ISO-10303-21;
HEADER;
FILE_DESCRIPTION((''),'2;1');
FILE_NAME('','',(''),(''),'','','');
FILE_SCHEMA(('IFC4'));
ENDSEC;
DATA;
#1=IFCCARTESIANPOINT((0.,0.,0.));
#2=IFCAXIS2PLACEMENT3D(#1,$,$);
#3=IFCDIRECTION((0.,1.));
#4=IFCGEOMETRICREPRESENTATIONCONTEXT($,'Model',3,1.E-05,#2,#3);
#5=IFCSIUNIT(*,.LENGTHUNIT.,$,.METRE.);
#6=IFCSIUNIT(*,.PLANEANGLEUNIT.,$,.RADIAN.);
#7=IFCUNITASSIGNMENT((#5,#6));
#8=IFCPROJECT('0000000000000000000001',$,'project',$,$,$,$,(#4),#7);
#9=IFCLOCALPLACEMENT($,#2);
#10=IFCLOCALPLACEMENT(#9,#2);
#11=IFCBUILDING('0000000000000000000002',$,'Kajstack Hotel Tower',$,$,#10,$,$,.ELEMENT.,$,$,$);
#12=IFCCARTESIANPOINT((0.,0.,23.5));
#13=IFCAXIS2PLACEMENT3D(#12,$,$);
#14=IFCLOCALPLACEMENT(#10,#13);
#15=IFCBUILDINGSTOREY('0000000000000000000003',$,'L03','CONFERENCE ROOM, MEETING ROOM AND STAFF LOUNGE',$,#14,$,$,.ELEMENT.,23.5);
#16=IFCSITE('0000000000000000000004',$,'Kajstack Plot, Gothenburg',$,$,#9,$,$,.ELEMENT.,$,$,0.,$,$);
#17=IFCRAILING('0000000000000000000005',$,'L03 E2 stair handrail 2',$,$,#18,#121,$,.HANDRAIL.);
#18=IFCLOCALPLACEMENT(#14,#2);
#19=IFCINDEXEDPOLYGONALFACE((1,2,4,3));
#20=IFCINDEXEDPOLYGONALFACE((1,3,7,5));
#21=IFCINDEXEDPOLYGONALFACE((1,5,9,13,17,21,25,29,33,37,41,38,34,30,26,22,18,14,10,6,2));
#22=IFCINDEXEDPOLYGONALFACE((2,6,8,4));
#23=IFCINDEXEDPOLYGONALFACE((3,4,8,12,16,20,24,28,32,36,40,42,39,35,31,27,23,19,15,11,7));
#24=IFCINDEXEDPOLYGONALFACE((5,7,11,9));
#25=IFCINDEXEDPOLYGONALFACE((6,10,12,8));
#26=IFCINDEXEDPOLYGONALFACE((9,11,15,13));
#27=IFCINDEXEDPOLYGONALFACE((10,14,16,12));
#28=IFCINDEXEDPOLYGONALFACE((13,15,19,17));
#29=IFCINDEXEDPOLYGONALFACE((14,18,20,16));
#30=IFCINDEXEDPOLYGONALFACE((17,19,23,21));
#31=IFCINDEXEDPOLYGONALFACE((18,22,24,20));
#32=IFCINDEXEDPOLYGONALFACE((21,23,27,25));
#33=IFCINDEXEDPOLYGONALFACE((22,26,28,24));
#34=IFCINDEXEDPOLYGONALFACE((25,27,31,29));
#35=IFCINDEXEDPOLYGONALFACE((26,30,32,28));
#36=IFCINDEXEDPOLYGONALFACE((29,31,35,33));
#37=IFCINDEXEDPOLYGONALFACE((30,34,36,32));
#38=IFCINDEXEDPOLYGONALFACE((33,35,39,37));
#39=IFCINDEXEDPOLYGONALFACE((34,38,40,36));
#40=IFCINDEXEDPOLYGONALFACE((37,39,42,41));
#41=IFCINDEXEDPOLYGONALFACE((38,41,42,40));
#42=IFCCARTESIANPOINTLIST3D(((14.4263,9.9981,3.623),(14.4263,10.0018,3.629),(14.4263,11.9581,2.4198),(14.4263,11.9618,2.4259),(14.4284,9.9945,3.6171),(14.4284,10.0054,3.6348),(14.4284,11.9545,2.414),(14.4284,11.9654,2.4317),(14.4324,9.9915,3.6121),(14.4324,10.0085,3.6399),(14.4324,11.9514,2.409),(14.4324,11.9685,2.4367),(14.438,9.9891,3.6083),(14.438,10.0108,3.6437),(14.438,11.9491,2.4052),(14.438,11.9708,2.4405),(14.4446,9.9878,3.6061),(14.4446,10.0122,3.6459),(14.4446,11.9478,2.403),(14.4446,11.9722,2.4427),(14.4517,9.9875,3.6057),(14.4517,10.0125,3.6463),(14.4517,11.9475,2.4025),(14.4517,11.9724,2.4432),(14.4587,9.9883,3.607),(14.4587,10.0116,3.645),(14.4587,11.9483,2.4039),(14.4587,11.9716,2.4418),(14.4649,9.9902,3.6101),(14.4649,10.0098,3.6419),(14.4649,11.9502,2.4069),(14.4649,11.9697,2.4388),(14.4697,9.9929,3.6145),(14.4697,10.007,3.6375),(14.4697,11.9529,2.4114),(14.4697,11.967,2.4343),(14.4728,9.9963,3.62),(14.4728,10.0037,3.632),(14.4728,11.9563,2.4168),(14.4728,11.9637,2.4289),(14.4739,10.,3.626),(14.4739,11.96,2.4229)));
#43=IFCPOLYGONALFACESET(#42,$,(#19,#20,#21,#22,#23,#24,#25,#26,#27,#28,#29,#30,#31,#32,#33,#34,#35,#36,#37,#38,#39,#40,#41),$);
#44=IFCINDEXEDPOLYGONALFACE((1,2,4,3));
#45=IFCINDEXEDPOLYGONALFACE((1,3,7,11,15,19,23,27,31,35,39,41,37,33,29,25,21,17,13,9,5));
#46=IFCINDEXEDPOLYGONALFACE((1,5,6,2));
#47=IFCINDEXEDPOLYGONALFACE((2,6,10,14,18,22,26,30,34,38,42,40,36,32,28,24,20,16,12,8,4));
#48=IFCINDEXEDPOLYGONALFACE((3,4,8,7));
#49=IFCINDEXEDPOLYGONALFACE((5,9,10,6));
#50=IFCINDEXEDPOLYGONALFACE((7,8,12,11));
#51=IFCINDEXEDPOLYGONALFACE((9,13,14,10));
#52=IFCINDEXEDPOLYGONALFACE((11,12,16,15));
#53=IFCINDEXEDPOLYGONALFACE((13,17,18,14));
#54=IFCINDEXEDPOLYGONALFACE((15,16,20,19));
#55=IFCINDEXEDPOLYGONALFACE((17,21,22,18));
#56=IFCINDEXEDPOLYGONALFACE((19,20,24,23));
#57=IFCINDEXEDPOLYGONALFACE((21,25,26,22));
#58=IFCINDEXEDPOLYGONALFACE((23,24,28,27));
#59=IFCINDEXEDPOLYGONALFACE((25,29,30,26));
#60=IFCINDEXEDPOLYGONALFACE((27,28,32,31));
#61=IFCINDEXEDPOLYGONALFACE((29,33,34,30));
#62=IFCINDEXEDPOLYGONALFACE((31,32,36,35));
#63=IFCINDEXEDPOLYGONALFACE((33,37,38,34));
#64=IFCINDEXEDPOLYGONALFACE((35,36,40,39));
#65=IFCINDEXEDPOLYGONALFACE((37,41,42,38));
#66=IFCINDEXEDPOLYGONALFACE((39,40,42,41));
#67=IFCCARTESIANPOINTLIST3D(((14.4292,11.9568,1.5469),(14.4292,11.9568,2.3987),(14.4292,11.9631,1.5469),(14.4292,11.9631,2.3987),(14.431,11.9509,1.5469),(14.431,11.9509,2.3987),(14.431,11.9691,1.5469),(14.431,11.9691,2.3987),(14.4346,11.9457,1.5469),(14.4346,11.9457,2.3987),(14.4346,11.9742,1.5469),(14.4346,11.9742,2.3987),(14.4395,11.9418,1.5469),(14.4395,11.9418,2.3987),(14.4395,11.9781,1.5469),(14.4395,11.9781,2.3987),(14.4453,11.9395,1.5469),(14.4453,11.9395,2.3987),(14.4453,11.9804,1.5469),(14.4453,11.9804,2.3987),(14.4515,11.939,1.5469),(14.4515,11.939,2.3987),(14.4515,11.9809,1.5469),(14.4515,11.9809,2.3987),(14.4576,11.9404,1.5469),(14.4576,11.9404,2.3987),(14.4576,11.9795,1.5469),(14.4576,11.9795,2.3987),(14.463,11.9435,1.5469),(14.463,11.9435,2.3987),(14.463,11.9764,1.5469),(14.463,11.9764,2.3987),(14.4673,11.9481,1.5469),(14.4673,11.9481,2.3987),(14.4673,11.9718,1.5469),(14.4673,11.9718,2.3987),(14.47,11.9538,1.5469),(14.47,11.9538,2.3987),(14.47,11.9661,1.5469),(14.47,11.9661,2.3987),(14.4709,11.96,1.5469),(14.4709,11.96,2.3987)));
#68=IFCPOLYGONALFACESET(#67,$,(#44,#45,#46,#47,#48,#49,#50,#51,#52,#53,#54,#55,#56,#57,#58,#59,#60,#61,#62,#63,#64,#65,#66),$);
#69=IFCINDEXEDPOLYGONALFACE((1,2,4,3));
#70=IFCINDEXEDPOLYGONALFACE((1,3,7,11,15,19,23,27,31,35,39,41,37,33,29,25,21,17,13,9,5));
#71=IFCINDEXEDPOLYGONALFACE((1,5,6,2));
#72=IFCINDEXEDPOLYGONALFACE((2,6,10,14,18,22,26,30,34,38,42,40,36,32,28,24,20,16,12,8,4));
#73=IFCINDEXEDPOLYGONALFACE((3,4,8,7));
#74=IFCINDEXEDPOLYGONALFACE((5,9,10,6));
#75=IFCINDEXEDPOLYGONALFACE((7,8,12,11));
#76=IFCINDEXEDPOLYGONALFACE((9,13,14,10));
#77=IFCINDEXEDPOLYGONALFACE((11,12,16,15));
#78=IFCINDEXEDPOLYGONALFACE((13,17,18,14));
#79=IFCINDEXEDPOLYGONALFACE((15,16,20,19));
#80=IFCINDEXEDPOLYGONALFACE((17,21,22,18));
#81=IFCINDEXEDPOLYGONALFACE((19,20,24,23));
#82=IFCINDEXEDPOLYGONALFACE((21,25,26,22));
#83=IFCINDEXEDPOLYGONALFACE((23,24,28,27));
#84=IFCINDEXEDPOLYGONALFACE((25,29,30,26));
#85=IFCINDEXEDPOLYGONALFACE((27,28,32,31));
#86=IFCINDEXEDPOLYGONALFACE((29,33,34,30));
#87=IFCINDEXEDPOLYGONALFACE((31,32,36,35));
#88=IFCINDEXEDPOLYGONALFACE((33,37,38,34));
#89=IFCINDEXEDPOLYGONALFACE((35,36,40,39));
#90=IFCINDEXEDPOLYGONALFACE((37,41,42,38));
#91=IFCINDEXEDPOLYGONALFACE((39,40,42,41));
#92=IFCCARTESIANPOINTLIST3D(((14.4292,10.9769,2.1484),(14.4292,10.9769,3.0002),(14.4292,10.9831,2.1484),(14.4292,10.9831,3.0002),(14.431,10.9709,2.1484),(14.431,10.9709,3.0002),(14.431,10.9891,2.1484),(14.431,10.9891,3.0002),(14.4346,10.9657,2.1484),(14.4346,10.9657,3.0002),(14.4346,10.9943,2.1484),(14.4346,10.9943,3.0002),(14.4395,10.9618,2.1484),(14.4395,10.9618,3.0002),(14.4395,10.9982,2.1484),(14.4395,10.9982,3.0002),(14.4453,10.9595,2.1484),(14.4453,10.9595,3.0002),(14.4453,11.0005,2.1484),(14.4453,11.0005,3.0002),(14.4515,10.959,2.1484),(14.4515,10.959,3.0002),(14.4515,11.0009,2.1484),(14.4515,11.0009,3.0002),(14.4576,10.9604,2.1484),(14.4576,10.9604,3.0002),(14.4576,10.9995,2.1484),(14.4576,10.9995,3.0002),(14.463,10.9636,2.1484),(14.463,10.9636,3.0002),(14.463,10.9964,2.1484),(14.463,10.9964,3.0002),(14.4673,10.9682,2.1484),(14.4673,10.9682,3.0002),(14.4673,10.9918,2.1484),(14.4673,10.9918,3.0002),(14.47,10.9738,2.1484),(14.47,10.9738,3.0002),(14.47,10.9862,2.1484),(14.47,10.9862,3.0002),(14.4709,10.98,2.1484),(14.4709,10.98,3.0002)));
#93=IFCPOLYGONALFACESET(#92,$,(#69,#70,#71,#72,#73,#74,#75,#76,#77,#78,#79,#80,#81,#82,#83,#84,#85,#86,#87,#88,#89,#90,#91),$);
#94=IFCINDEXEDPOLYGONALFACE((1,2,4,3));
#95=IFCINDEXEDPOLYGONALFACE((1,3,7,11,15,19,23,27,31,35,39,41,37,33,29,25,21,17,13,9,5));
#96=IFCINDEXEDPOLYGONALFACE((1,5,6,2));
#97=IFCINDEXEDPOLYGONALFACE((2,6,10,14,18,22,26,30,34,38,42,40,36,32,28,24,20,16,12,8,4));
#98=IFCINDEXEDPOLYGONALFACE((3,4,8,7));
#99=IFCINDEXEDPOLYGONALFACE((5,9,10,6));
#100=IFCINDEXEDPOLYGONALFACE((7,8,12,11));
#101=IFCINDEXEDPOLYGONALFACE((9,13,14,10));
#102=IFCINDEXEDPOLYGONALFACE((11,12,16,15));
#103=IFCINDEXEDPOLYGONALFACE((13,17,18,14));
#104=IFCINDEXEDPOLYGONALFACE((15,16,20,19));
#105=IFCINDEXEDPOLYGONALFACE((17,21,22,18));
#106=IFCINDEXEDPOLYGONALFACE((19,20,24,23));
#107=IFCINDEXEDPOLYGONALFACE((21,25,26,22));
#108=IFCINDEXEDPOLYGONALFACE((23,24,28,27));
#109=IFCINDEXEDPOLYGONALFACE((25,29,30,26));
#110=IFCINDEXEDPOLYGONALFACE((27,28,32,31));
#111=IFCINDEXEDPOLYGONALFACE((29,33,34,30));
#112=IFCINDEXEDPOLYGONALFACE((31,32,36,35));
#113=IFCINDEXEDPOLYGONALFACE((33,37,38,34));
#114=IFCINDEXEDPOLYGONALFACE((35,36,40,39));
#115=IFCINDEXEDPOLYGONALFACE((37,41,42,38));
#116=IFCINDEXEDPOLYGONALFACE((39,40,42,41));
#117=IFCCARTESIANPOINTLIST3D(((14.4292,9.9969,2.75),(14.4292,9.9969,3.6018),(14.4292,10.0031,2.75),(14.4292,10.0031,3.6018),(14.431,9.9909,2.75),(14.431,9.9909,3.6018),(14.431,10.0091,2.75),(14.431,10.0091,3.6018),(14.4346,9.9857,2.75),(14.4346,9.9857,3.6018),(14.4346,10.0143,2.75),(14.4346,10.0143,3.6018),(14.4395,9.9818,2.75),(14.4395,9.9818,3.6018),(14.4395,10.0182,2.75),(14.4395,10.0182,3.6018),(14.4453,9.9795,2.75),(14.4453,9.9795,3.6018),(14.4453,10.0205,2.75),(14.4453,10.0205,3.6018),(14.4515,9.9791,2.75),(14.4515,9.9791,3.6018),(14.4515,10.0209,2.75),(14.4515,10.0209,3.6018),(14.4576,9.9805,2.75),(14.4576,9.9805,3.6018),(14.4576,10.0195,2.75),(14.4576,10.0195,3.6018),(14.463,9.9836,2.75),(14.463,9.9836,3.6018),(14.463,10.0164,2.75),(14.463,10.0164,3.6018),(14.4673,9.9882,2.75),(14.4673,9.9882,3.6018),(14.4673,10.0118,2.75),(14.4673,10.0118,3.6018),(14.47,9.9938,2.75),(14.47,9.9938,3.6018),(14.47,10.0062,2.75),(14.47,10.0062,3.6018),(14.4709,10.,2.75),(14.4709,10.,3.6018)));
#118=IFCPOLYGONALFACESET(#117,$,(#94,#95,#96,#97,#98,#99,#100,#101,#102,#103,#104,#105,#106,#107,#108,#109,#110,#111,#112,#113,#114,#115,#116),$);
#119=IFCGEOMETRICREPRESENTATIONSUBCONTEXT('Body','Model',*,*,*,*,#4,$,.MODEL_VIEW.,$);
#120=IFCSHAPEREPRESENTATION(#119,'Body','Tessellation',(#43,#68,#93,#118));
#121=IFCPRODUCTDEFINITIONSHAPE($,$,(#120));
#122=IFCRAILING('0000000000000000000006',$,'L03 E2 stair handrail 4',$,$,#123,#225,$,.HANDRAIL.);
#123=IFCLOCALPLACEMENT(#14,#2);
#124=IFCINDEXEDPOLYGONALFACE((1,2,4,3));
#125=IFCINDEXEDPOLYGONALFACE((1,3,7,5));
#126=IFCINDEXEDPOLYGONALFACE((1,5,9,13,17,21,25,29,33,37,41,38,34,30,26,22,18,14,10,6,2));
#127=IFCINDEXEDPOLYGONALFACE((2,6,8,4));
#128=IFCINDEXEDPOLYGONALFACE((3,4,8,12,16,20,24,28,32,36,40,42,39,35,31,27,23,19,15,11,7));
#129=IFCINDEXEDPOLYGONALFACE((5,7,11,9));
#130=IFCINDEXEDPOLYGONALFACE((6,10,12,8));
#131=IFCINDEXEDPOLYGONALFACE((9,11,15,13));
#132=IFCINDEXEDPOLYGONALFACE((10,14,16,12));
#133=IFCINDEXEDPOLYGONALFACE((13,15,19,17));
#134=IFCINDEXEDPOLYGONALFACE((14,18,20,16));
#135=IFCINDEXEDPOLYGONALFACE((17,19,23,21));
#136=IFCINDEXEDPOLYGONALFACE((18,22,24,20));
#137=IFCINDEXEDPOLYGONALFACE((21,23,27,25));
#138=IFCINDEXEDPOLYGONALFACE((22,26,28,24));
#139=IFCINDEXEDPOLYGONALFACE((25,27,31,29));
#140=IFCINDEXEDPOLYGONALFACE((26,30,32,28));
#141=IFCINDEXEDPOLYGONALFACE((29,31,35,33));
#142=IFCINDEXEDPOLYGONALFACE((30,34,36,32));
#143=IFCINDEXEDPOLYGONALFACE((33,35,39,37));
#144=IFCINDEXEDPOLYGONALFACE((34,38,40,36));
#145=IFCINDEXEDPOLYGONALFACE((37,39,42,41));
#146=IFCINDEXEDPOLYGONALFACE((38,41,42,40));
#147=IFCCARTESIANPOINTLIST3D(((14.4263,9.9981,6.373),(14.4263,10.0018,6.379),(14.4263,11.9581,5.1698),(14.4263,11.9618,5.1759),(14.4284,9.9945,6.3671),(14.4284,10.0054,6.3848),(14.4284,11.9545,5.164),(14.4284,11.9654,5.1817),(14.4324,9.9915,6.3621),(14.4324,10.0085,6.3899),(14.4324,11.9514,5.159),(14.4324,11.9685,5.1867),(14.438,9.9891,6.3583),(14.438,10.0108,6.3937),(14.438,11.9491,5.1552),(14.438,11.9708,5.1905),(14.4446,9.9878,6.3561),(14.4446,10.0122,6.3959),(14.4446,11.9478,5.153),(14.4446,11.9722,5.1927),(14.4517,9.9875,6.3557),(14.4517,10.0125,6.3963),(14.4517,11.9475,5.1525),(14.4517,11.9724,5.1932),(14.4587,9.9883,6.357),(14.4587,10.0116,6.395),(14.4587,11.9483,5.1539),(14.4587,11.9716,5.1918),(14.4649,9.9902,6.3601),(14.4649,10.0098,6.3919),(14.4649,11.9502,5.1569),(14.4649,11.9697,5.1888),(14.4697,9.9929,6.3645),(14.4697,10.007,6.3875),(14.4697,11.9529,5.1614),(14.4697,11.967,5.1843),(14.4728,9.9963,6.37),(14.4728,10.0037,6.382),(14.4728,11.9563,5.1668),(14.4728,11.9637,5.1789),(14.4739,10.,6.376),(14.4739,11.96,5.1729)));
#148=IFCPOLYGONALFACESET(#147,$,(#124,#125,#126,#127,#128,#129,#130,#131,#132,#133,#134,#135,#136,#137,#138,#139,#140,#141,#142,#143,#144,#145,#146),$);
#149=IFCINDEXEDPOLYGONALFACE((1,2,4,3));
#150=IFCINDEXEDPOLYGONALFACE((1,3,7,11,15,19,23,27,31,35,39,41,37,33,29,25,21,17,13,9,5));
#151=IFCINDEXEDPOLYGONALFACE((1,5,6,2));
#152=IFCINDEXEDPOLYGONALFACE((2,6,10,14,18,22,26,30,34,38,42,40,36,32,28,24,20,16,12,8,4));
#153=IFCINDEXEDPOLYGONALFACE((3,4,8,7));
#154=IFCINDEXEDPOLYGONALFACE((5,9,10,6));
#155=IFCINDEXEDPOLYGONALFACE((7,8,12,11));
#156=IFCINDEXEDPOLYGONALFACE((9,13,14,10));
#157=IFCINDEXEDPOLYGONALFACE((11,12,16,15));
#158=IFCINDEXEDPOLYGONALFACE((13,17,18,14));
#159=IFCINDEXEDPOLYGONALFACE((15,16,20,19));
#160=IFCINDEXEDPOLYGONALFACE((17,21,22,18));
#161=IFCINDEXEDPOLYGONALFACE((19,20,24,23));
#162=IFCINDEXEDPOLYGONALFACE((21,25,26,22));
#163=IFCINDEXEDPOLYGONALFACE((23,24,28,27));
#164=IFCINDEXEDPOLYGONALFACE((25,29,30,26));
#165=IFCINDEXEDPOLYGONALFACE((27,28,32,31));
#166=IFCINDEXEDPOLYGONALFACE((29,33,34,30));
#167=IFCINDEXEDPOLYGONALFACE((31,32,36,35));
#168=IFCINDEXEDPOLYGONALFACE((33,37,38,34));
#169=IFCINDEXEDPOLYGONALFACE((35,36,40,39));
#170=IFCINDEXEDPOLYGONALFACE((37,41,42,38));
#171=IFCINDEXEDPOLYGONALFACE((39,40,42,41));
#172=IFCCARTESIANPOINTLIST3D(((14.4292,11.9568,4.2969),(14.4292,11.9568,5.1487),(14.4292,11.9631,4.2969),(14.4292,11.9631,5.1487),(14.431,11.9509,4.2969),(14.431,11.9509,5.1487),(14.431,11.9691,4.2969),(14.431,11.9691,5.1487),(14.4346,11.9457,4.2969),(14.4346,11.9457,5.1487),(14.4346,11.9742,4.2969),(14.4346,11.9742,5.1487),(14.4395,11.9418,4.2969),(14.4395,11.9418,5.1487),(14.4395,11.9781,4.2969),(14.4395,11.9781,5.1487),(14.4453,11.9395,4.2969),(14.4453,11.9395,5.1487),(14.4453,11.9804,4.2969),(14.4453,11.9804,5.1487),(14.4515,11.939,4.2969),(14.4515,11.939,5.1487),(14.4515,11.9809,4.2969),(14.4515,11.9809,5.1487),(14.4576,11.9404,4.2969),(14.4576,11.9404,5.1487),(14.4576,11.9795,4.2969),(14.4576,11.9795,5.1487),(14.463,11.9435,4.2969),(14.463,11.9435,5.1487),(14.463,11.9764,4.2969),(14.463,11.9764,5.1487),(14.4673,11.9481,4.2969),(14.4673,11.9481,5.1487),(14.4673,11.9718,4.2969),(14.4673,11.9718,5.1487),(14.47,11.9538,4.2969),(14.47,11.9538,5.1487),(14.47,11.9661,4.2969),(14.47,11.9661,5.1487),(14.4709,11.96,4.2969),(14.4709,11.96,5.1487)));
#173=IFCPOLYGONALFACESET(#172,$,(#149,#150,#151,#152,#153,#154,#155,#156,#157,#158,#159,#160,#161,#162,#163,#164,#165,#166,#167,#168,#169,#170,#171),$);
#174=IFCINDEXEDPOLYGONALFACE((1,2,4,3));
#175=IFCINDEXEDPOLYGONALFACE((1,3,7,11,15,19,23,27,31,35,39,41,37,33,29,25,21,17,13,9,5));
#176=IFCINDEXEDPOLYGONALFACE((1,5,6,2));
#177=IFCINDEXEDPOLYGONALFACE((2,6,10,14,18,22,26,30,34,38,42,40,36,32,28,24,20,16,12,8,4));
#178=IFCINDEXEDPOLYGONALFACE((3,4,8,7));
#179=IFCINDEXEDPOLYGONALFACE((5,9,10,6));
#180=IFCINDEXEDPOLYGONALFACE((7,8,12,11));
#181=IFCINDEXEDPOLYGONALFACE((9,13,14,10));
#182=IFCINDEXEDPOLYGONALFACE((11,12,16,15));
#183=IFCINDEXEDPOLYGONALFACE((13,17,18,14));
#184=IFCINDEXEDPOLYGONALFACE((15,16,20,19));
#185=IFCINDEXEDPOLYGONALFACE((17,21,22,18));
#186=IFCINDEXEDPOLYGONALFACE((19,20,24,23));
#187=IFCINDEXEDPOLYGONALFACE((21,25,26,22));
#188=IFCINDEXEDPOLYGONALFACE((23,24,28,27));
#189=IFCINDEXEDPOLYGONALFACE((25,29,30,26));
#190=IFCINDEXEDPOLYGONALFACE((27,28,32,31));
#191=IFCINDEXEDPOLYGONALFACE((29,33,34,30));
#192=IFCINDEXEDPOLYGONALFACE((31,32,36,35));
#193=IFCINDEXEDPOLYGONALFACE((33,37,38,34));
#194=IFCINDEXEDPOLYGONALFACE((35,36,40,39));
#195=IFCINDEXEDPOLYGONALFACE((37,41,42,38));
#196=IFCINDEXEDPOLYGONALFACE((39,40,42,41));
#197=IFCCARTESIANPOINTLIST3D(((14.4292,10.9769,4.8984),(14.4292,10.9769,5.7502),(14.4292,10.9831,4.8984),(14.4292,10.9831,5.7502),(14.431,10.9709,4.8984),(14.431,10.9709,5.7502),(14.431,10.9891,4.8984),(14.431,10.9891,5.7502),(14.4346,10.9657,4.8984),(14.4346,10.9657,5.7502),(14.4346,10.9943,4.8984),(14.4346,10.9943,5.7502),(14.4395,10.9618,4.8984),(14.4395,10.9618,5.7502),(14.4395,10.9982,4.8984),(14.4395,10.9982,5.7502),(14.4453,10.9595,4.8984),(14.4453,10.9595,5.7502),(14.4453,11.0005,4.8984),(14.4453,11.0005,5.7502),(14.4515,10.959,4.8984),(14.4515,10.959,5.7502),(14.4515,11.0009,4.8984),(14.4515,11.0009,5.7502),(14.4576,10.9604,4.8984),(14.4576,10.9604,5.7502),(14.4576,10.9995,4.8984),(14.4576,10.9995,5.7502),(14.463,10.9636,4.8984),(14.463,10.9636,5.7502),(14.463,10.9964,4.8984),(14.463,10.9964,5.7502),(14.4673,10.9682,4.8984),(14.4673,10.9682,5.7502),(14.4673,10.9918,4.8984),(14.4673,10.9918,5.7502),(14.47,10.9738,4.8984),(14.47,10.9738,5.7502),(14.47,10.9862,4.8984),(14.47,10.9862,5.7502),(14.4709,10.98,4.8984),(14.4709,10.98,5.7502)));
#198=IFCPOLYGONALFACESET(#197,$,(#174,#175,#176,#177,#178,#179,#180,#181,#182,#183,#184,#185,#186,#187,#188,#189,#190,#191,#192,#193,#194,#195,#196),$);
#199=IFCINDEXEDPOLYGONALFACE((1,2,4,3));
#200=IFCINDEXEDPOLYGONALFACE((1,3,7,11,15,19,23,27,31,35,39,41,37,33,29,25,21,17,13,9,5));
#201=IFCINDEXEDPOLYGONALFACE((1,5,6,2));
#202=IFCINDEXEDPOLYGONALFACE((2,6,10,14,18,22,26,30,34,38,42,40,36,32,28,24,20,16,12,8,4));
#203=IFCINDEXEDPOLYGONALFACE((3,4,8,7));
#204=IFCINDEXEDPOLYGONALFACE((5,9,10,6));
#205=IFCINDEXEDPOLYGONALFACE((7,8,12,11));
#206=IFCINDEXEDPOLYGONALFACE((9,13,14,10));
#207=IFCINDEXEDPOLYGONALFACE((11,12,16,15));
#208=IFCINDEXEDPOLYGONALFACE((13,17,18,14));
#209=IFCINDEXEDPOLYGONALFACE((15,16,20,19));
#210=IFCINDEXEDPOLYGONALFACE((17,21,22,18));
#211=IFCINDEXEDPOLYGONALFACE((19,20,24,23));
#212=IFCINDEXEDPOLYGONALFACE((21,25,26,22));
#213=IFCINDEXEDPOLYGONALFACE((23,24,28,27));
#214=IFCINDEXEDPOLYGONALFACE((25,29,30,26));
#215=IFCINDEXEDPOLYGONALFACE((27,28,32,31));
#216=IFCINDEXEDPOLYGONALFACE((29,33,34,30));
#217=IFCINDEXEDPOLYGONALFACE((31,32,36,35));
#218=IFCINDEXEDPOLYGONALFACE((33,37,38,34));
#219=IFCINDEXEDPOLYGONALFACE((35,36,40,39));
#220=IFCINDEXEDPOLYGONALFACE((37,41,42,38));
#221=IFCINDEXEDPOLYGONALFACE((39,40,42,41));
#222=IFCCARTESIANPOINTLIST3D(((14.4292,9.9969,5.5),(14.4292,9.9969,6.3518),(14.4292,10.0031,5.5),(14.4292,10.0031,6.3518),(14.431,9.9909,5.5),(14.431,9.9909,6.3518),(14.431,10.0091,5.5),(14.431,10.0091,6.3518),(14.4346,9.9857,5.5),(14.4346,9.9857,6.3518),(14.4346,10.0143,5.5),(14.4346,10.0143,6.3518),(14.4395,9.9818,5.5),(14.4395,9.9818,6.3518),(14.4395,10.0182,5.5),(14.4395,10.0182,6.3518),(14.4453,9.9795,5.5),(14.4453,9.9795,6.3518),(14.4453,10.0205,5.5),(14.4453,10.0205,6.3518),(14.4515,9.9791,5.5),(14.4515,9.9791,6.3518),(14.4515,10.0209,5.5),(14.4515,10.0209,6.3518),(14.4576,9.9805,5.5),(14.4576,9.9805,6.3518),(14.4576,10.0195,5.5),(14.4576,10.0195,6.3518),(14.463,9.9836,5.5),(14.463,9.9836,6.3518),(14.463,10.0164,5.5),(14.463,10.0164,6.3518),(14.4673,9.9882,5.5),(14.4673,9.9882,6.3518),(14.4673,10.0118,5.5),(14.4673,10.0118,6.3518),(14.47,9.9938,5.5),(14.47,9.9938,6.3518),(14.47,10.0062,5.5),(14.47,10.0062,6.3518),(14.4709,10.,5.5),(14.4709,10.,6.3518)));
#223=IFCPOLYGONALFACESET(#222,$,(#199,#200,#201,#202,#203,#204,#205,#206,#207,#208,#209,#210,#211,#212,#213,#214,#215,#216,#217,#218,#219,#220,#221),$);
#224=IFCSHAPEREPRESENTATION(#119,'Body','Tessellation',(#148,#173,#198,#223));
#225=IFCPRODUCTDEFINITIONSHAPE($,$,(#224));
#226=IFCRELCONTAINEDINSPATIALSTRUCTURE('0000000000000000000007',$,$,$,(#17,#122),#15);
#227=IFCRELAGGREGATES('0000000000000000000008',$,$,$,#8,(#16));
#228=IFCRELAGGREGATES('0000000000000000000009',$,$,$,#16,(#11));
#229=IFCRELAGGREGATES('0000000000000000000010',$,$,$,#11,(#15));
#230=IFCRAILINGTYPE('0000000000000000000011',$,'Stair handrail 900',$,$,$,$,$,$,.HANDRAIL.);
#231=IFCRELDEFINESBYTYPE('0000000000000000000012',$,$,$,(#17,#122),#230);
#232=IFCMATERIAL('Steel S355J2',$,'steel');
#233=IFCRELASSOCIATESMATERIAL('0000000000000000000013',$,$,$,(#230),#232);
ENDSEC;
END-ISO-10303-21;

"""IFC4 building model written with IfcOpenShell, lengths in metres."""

from ifc_helpers import new_model, si_unit, direction, frame, origin, origin_2d, place, context, subcontext, project, spatial, circle, extrude, material, type_object, element, save


model = new_model("IFC4")

# Units and contexts
model_context = context("Model", 3, precision=1e-05, world=origin(), true_north=direction((0.0, 1.0)))
body_context = subcontext(model_context, "Body", "Model", "MODEL_VIEW")
ifc_project = project(units=[si_unit("LENGTHUNIT", "METRE"), si_unit("PLANEANGLEUNIT", "RADIAN")], contexts=[model_context])

# Site, building, storey
site_placement = place(None, origin())
site = spatial("IfcSite", under=ifc_project, at=site_placement, Name="Kajstack Plot, Gothenburg", CompositionType="ELEMENT", RefElevation=0.0)
building_placement = place(site_placement, origin())
building = spatial("IfcBuilding", under=site, at=building_placement, Name="Kajstack Hotel Tower", CompositionType="ELEMENT")
storey_placement = place(building_placement, frame((0.0, 0.0, 23.5)))
storey = spatial("IfcBuildingStorey", under=building, at=storey_placement, Name="L03", Description="CONFERENCE ROOM, MEETING ROOM AND STAFF LOUNGE", CompositionType="ELEMENT", Elevation=23.5)

# Railings
ifc_material_1 = material(Name="Steel S355J2", Category="steel")
railing_type_1 = type_object("IfcRailingType", Name="Stair handrail 900", PredefinedType="HANDRAIL", material=ifc_material_1)
for number, where, name in (
    (1, (14.45, 11.96, 1.5469), "L03 E2 stair handrail 2"),
    (2, (14.45, 11.96, 4.2969), "L03 E2 stair handrail 4"),
):
    element("IfcRailing", number, at=place(storey_placement, frame(where)), inside=storey, type_object=railing_type_1, Name=name, PredefinedType="HANDRAIL", context=body_context, shape_type="SweptSolid", body=[
        extrude(circle(Radius=0.0239, at=origin_2d()), frame((0.0, 0.0, 0.876), z_axis=(0.0, -0.852241, 0.523149), x_axis=(1.0, 0.0, 0.0)), (0.0, 0.0, 1.0), 2.2998),
        extrude(circle(Radius=0.021, at=origin_2d()), origin(), (0.0, 0.0, 1.0), 0.8518),
        extrude(circle(Radius=0.021, at=origin_2d()), frame((0.0, -0.98, 0.6016)), (0.0, 0.0, 1.0), 0.8518),
        extrude(circle(Radius=0.021, at=origin_2d()), frame((0.0, -1.96, 1.2031)), (0.0, 0.0, 1.0), 0.8518),
    ])

save(model, "model.ifc")
